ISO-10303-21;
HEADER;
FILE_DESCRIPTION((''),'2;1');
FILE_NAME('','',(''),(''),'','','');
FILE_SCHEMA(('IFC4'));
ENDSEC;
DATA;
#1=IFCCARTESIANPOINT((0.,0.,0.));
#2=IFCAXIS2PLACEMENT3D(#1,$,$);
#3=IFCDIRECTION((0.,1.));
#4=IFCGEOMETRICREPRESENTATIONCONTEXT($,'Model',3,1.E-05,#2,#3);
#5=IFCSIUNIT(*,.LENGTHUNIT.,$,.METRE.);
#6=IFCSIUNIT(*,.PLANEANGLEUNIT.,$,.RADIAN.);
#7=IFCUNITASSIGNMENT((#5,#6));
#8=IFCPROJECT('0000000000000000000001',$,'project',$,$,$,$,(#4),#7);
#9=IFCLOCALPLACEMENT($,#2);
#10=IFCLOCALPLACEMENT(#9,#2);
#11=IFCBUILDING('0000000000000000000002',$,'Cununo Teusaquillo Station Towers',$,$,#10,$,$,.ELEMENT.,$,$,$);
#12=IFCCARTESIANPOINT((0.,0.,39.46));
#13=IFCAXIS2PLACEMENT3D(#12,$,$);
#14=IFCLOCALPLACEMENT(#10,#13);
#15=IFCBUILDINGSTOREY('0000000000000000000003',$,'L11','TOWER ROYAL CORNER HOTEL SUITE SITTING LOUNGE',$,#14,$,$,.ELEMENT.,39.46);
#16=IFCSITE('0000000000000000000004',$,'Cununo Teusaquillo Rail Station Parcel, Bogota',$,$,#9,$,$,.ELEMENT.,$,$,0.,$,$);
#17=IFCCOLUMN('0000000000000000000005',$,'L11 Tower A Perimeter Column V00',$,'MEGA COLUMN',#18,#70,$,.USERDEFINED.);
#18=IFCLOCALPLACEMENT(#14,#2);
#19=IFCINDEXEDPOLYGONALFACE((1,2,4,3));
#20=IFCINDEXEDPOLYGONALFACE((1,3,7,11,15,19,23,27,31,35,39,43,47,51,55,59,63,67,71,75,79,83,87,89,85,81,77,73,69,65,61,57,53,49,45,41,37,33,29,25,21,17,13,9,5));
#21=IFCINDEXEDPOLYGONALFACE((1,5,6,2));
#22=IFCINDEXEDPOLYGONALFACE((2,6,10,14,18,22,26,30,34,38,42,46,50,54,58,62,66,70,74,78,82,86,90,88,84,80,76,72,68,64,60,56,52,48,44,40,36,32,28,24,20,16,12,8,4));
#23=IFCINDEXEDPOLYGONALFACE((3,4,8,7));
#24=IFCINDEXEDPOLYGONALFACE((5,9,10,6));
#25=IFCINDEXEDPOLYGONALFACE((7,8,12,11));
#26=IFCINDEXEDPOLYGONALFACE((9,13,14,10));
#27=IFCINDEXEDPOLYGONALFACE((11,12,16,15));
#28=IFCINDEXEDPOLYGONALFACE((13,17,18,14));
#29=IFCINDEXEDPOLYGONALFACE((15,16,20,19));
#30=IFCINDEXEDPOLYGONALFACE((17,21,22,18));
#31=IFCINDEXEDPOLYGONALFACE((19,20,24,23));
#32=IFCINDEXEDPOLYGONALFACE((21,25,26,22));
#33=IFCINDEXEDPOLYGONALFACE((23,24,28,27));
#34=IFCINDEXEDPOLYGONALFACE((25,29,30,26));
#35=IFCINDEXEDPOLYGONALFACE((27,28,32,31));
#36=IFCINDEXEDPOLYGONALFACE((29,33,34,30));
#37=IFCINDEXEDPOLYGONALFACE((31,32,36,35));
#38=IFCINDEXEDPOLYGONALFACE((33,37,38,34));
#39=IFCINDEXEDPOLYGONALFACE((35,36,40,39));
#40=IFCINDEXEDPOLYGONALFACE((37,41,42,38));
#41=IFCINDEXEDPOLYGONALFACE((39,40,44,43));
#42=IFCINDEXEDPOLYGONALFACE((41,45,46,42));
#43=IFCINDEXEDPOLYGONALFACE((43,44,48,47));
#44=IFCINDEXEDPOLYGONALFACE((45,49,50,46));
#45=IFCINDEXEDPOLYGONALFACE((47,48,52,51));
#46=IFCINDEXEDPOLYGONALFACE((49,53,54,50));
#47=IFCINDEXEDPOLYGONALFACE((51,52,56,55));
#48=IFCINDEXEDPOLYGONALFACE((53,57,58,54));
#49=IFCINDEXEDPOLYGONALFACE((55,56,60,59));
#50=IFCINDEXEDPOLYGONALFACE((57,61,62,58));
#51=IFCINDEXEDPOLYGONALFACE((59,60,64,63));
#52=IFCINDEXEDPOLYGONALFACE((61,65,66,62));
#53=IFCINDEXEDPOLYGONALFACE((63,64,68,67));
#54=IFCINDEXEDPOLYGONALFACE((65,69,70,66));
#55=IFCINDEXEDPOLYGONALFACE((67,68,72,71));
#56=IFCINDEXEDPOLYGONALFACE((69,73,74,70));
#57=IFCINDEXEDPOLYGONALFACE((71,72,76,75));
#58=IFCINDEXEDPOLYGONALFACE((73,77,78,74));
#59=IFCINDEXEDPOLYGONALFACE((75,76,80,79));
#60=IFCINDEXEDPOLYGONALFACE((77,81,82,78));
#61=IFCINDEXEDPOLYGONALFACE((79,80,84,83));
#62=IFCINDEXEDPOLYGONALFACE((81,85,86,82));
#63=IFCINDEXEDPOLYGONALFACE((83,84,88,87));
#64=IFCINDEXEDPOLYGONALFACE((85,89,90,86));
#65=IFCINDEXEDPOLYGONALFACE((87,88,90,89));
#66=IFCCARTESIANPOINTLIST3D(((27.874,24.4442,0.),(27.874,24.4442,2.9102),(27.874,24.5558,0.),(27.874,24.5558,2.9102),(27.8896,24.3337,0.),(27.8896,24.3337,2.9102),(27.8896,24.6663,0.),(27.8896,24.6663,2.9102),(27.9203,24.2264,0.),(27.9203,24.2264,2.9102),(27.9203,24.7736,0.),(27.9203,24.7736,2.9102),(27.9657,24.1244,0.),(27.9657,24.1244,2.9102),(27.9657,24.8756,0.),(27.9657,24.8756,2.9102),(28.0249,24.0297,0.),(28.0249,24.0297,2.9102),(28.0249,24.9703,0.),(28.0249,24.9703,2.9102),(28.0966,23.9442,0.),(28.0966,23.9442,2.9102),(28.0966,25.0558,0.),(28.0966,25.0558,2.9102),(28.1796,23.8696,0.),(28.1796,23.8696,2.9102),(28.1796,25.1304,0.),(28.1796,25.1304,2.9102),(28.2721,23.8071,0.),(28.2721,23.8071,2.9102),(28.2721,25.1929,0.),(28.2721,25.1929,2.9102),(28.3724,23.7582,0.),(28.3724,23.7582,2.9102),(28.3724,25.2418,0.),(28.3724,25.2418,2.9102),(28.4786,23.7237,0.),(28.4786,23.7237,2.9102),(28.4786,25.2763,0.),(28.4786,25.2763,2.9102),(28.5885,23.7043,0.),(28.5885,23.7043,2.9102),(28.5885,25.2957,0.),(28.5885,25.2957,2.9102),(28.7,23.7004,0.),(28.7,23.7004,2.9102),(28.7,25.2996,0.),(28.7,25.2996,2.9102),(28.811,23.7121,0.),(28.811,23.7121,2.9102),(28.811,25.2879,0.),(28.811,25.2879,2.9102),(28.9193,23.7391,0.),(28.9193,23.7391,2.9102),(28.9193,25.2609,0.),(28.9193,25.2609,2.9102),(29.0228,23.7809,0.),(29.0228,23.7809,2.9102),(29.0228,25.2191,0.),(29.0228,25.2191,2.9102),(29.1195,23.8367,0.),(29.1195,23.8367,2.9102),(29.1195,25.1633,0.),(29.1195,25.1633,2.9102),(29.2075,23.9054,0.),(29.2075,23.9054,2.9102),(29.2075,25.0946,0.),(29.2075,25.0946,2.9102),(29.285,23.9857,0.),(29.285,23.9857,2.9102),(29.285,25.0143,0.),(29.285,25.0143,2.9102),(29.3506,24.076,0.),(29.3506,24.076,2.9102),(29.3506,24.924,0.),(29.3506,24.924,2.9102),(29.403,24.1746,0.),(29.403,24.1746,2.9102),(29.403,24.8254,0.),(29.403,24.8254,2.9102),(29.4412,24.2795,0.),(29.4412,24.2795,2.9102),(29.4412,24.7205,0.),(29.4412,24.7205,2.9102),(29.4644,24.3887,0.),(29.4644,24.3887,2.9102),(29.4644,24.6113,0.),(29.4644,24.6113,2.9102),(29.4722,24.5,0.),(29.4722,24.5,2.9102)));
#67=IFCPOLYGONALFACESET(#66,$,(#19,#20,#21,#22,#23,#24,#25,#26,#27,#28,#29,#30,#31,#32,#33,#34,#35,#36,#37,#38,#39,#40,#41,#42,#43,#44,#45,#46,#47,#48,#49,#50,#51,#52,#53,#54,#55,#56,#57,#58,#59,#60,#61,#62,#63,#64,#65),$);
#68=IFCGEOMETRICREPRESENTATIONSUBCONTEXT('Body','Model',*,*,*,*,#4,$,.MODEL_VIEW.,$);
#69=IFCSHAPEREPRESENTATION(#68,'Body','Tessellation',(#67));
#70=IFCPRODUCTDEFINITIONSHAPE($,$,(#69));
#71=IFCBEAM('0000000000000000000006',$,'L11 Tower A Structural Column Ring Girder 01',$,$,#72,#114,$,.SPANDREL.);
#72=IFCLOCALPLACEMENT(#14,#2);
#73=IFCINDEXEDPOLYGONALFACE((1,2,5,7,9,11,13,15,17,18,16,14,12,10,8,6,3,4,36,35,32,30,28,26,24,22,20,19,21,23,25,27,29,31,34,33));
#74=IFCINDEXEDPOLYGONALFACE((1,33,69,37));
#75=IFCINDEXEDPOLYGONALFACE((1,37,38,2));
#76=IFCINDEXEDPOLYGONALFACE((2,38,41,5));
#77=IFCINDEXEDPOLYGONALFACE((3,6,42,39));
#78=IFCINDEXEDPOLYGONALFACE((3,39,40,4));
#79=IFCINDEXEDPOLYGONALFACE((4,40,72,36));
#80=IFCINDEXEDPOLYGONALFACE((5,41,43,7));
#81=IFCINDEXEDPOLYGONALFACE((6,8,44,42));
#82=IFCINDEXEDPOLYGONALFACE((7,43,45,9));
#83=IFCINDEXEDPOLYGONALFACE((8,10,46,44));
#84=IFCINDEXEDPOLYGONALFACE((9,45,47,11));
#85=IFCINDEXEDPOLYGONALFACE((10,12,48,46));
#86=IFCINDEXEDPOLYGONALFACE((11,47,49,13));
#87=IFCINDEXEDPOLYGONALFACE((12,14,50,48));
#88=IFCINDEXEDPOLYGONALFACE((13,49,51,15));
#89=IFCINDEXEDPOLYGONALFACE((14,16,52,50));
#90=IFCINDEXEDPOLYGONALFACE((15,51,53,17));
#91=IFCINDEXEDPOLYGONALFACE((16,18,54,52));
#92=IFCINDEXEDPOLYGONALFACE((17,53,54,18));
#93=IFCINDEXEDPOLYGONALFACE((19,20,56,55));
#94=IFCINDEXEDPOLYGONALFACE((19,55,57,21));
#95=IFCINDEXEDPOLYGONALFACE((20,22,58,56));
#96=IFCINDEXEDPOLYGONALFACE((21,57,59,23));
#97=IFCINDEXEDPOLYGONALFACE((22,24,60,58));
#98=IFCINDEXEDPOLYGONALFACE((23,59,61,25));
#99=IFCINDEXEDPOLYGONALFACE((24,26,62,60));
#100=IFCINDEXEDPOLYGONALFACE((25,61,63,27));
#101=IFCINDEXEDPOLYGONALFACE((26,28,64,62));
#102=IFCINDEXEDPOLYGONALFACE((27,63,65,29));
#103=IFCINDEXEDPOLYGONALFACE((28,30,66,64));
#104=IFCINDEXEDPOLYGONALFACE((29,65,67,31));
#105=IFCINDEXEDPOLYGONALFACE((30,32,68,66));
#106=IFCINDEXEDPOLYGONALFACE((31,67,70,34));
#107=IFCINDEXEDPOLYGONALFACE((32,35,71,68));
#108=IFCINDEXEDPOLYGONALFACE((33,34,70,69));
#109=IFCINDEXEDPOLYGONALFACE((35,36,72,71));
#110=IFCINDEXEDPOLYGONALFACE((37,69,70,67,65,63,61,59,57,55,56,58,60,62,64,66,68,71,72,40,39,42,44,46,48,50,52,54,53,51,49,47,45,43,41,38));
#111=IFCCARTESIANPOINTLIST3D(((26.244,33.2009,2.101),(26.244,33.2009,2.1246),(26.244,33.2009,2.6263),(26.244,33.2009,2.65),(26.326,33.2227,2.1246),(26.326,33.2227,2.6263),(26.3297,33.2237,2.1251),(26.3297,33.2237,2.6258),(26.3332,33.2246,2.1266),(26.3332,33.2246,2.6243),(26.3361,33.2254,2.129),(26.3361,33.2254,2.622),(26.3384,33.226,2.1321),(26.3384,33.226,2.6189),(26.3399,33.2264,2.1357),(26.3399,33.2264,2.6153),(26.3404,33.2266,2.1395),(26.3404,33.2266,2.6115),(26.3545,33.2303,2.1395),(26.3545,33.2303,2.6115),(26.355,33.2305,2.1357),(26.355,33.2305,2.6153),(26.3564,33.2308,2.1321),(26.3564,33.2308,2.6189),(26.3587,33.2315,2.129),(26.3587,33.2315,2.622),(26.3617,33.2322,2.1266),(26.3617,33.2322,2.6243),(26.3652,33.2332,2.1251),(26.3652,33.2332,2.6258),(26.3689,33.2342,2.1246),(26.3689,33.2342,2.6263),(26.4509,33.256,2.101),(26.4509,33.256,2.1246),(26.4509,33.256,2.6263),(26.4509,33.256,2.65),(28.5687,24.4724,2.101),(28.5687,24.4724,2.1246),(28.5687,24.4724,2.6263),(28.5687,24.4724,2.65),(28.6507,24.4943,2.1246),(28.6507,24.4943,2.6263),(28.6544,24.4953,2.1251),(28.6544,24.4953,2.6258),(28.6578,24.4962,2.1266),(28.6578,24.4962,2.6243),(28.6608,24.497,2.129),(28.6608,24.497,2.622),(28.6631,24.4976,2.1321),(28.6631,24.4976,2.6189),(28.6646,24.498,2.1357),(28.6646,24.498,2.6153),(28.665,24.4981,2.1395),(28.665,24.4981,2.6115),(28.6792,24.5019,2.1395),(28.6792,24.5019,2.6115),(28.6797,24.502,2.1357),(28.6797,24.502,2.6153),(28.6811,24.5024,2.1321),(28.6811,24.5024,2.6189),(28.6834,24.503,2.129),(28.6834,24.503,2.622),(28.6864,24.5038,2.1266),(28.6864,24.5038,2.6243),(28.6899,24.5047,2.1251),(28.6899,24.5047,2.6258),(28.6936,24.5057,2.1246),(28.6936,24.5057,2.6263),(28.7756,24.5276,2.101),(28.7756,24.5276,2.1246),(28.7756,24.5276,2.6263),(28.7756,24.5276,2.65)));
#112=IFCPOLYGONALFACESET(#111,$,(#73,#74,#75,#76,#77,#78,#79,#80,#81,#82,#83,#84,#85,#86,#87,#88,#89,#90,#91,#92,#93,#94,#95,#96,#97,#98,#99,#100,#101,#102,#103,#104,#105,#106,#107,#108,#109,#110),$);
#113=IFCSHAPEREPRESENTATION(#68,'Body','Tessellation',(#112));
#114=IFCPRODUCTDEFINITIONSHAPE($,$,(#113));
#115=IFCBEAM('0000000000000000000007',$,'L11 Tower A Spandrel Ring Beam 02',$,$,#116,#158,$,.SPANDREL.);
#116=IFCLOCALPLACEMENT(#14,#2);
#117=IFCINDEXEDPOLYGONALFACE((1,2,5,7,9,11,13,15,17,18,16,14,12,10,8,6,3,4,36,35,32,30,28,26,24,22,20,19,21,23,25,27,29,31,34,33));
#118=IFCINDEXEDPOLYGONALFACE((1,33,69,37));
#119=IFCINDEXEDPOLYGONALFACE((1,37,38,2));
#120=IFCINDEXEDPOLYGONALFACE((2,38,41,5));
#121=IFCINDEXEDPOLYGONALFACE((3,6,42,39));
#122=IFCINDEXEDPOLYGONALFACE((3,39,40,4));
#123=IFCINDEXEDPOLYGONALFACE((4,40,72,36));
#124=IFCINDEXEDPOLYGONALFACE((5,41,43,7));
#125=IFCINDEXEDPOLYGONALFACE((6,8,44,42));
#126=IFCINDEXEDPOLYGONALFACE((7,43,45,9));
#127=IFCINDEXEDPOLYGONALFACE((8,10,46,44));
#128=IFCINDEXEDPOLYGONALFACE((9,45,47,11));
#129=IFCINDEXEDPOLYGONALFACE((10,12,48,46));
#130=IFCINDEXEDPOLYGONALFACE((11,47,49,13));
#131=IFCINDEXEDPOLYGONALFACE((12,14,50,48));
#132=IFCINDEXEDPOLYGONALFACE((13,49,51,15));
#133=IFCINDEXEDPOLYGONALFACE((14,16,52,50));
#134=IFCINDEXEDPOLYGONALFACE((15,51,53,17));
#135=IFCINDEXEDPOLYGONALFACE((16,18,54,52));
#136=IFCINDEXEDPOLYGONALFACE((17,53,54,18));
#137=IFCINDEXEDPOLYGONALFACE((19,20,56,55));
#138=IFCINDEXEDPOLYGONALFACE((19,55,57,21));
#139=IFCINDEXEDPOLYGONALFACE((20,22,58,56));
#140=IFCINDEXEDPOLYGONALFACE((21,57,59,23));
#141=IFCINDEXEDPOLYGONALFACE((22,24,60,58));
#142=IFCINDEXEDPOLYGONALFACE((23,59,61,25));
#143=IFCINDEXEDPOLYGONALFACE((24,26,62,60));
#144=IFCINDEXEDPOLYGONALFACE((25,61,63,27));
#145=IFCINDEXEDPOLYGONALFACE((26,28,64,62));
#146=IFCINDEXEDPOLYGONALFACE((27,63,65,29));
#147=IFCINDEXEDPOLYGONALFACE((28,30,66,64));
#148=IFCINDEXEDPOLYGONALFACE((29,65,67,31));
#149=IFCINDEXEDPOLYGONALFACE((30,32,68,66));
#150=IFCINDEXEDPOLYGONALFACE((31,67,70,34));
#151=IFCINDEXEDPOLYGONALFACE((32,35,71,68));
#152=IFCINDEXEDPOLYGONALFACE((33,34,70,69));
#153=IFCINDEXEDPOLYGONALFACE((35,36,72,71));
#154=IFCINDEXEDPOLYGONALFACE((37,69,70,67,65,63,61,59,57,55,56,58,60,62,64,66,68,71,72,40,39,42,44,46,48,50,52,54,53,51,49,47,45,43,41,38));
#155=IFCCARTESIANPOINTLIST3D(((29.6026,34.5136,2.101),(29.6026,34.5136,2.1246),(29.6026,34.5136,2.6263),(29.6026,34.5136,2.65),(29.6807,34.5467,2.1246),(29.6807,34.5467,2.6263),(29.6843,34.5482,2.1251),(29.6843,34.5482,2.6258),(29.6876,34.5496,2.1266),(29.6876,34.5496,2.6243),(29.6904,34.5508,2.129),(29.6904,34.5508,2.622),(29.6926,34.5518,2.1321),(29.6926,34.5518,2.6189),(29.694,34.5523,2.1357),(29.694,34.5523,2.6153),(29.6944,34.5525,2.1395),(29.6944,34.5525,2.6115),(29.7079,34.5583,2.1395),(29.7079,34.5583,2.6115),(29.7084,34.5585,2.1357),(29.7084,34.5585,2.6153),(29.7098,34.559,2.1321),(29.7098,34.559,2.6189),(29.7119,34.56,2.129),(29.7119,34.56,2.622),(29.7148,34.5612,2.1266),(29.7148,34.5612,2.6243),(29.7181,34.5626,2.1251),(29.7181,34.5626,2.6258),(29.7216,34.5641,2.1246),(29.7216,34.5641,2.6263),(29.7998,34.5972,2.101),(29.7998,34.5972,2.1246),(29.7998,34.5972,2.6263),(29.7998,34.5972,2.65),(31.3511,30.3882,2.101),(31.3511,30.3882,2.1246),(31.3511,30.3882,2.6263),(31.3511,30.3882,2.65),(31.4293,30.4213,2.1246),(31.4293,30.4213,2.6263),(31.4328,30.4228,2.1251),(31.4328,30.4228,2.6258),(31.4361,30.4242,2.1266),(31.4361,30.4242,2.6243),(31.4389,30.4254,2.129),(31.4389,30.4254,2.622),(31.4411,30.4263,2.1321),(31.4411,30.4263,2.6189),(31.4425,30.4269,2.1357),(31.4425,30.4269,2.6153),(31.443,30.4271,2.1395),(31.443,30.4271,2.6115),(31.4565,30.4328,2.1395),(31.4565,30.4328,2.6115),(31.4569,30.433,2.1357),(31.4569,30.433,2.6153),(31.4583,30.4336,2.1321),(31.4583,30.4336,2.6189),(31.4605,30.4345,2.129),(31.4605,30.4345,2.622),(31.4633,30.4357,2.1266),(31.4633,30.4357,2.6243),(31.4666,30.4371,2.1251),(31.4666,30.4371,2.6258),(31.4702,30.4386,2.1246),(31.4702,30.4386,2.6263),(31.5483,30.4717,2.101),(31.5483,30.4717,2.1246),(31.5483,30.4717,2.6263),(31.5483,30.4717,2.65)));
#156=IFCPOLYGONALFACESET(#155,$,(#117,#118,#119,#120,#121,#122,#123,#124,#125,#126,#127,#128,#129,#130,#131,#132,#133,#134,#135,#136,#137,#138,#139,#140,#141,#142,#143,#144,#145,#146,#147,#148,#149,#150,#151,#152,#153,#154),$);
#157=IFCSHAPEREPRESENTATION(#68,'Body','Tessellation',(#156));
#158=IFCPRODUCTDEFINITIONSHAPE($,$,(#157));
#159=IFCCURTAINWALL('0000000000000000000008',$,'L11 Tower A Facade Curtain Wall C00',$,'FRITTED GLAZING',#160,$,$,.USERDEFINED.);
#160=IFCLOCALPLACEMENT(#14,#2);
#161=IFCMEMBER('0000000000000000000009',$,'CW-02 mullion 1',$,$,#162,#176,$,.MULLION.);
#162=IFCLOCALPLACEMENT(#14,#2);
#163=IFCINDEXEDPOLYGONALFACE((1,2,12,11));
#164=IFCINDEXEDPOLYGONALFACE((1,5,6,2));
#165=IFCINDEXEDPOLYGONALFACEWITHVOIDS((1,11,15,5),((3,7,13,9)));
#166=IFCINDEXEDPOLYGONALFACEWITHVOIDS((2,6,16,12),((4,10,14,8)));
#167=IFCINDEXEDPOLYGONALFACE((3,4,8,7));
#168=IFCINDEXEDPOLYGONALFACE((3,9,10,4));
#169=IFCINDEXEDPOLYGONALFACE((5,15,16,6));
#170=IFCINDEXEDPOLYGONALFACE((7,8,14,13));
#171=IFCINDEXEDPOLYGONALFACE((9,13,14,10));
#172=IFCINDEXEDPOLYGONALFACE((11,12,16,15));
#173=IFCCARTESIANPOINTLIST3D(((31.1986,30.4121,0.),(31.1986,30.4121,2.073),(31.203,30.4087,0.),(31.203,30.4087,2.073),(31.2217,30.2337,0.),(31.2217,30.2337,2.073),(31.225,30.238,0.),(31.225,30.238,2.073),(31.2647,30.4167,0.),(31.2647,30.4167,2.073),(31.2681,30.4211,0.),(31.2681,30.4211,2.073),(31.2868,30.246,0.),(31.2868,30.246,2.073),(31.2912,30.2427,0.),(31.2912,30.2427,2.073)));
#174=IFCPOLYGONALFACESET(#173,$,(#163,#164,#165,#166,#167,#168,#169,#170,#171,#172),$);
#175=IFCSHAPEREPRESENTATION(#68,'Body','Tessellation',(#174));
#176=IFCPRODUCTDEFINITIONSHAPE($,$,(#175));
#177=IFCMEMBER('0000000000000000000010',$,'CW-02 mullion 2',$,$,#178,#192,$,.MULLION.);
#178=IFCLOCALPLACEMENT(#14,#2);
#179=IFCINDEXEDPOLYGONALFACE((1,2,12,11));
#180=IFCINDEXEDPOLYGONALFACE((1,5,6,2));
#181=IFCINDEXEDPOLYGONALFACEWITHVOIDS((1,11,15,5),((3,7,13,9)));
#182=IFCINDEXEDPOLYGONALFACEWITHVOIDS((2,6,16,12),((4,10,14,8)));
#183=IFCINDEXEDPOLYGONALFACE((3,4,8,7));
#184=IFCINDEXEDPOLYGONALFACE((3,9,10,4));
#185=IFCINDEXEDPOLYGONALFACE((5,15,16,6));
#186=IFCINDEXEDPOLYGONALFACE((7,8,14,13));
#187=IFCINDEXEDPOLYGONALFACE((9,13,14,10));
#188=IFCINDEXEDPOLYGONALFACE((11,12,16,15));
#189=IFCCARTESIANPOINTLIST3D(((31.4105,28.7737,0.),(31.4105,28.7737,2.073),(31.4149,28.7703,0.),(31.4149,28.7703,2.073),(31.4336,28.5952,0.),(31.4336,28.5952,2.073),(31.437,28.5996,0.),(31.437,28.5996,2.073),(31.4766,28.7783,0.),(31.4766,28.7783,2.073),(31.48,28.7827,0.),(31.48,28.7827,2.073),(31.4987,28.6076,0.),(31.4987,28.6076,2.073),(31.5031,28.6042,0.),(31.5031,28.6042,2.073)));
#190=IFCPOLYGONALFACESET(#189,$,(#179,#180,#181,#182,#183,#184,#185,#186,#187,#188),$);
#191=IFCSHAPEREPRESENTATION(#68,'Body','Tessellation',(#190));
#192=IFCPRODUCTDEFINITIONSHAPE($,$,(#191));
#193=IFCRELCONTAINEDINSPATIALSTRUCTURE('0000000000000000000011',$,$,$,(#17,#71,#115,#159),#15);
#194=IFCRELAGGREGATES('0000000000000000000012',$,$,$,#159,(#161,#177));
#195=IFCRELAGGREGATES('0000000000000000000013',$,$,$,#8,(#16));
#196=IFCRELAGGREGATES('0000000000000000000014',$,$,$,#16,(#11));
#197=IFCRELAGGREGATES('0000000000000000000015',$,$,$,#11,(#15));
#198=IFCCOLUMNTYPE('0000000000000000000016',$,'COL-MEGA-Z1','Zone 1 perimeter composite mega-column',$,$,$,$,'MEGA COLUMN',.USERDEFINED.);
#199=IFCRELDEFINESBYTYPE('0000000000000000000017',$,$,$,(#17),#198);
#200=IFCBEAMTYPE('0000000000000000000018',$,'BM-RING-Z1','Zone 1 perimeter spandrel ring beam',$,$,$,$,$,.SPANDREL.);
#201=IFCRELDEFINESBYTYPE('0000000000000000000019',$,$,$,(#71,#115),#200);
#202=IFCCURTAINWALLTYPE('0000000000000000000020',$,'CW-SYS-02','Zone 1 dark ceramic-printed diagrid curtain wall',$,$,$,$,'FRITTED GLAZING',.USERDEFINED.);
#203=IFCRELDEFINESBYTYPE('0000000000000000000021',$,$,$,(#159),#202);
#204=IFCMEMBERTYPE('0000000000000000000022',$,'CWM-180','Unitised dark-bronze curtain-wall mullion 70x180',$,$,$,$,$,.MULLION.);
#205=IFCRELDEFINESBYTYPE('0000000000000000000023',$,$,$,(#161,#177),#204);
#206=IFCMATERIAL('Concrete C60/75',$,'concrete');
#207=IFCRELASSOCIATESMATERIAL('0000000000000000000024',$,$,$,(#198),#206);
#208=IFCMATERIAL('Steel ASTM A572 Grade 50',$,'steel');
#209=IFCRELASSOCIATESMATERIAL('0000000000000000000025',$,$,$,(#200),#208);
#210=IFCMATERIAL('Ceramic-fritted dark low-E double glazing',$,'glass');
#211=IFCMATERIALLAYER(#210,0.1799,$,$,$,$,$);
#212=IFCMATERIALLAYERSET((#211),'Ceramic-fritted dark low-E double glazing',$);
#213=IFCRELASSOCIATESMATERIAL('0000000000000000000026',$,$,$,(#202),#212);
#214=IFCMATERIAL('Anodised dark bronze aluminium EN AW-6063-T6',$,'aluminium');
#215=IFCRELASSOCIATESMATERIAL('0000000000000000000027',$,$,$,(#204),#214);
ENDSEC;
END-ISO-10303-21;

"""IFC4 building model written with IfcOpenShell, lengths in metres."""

from ifc_helpers import new_model, si_unit, direction, frame, origin, origin_2d, place, context, subcontext, project, spatial, hollow_rectangle, circle, i_section, extrude, material, layer, layer_set, material_profile, profile_set, type_object, element, aggregate, save


model = new_model("IFC4")

# Units and contexts
model_context = context("Model", 3, precision=1e-05, world=origin(), true_north=direction((0.0, 1.0)))
body_context = subcontext(model_context, "Body", "Model", "MODEL_VIEW")
ifc_project = project(units=[si_unit("LENGTHUNIT", "METRE"), si_unit("PLANEANGLEUNIT", "RADIAN")], contexts=[model_context])

# Site, building, storey
site_placement = place(None, origin())
site = spatial("IfcSite", under=ifc_project, at=site_placement, Name="Cununo Teusaquillo Rail Station Parcel, Bogota", CompositionType="ELEMENT", RefElevation=0.0)
building_placement = place(site_placement, origin())
building = spatial("IfcBuilding", under=site, at=building_placement, Name="Cununo Teusaquillo Station Towers", CompositionType="ELEMENT")
storey_placement = place(building_placement, frame((0.0, 0.0, 39.46)))
storey = spatial("IfcBuildingStorey", under=building, at=storey_placement, Name="L11", Description="TOWER ROYAL CORNER HOTEL SUITE SITTING LOUNGE", CompositionType="ELEMENT", Elevation=39.46)

# Column
ifc_material_1 = material(Name="Concrete C60/75", Category="concrete")
ifc_material_profile_1 = material_profile(ifc_material_1, circle(Radius=0.8, at=origin_2d()), Name="RC-CIRC-1600")
ifc_profile_set_1 = profile_set([ifc_material_profile_1], Name="Concrete C60/75")
column_type = type_object("IfcColumnType", Name="COL-MEGA-Z1", Description="Zone 1 perimeter composite mega-column", ElementType="MEGA COLUMN", PredefinedType="USERDEFINED", material=ifc_profile_set_1)
column_placement = place(storey_placement, frame((28.6721, 24.5, 0.0), z_axis=(0.0, 0.0, 1.0), x_axis=(1.0, 0.0, 0.0)))
element("IfcColumn", 1, at=column_placement, inside=storey, type_object=column_type, Name="L11 Tower A Perimeter Column V00", ObjectType="MEGA COLUMN", PredefinedType="USERDEFINED", context=body_context, shape_type="SweptSolid", body=[
    extrude(circle(Radius=0.8, at=origin_2d()), origin(), (0.0, 0.0, 1.0), 2.9102),
])

# Beams
ifc_material_2 = material(Name="Steel ASTM A572 Grade 50", Category="steel")
ifc_material_profile_2 = material_profile(ifc_material_2, i_section(OverallWidth=0.2141, OverallDepth=0.5491, WebThickness=0.0146, FlangeThickness=0.0237, FilletRadius=0.0149, at=origin_2d()), Name="W21X93")
ifc_profile_set_2 = profile_set([ifc_material_profile_2], Name="Steel ASTM A572 Grade 50")
beam_type = type_object("IfcBeamType", Name="BM-RING-Z1", Description="Zone 1 perimeter spandrel ring beam", PredefinedType="SPANDREL", material=ifc_profile_set_2)
beam_1_placement = place(storey_placement, frame((28.6721, 24.5, 2.3755), z_axis=(-0.257363, 0.966315, 0.0), x_axis=(-0.966315, -0.257363, 0.0)))
element("IfcBeam", 2, at=beam_1_placement, inside=storey, type_object=beam_type, Name="L11 Tower A Structural Column Ring Girder 01", PredefinedType="SPANDREL", context=body_context, shape_type="SweptSolid", body=[
    extrude(i_section(OverallWidth=0.2141, OverallDepth=0.5491, WebThickness=0.0146, FlangeThickness=0.0237, FilletRadius=0.0149, at=origin_2d()), origin(), (0.0, 0.0, 1.0), 9.0327),
])
beam_2_placement = place(storey_placement, frame((31.4497, 30.4299, 2.3755), z_axis=(-0.390234, 0.920716, 0.0), x_axis=(-0.920716, -0.390234, 0.0)))
element("IfcBeam", 3, at=beam_2_placement, inside=storey, type_object=beam_type, Name="L11 Tower A Spandrel Ring Beam 02", PredefinedType="SPANDREL", context=body_context, shape_type="SweptSolid", body=[
    extrude(i_section(OverallWidth=0.2141, OverallDepth=0.5491, WebThickness=0.0146, FlangeThickness=0.0237, FilletRadius=0.0149, at=origin_2d()), origin(), (0.0, 0.0, 1.0), 4.4807),
])

# Curtain wall, members
ifc_material_3 = material(Name="Ceramic-fritted dark low-E double glazing", Category="glass")
ifc_layer_1 = layer(ifc_material_3, 0.1799)
ifc_layer_set_1 = layer_set([ifc_layer_1], Name="Ceramic-fritted dark low-E double glazing")
curtain_wall_type = type_object("IfcCurtainWallType", Name="CW-SYS-02", Description="Zone 1 dark ceramic-printed diagrid curtain wall", ElementType="FRITTED GLAZING", PredefinedType="USERDEFINED", material=ifc_layer_set_1)
curtain_wall_placement = place(storey_placement, origin())
curtain_wall = element("IfcCurtainWall", 4, at=curtain_wall_placement, inside=storey, type_object=curtain_wall_type, Name="L11 Tower A Facade Curtain Wall C00", ObjectType="FRITTED GLAZING", PredefinedType="USERDEFINED")
ifc_material_4 = material(Name="Anodised dark bronze aluminium EN AW-6063-T6", Category="aluminium")
ifc_material_profile_3 = material_profile(ifc_material_4, hollow_rectangle(XDim=0.0701, YDim=0.1799, WallThickness=0.0039, at=origin_2d()), Name="CW-MULL-70x180")
ifc_profile_set_3 = profile_set([ifc_material_profile_3], Name="Anodised dark bronze aluminium EN AW-6063-T6")
member_type_1 = type_object("IfcMemberType", Name="CWM-180", Description="Unitised dark-bronze curtain-wall mullion 70x180", PredefinedType="MULLION", material=ifc_profile_set_3)
member_1_placement = place(storey_placement, frame((31.2449, 30.3274, 0.0), z_axis=(0.0, 0.0, 1.0), x_axis=(0.991731, 0.128336, 0.0)))
member_1 = element("IfcMember", 5, at=member_1_placement, type_object=member_type_1, Name="CW-02 mullion 1", PredefinedType="MULLION", context=body_context, shape_type="SweptSolid", body=[
    extrude(hollow_rectangle(XDim=0.0701, YDim=0.1799, WallThickness=0.0039, at=origin_2d()), origin(), (0.0, 0.0, 1.0), 2.073),
])
member_2_placement = place(storey_placement, frame((31.4568, 28.689, 0.0), z_axis=(0.0, 0.0, 1.0), x_axis=(0.991731, 0.128336, 0.0)))
member_2 = element("IfcMember", 6, at=member_2_placement, type_object=member_type_1, Name="CW-02 mullion 2", PredefinedType="MULLION", context=body_context, shape_type="SweptSolid", body=[
    extrude(hollow_rectangle(XDim=0.0701, YDim=0.1799, WallThickness=0.0039, at=origin_2d()), origin(), (0.0, 0.0, 1.0), 2.073),
])

aggregate(curtain_wall, [member_1, member_2])

save(model, "model.ifc")
